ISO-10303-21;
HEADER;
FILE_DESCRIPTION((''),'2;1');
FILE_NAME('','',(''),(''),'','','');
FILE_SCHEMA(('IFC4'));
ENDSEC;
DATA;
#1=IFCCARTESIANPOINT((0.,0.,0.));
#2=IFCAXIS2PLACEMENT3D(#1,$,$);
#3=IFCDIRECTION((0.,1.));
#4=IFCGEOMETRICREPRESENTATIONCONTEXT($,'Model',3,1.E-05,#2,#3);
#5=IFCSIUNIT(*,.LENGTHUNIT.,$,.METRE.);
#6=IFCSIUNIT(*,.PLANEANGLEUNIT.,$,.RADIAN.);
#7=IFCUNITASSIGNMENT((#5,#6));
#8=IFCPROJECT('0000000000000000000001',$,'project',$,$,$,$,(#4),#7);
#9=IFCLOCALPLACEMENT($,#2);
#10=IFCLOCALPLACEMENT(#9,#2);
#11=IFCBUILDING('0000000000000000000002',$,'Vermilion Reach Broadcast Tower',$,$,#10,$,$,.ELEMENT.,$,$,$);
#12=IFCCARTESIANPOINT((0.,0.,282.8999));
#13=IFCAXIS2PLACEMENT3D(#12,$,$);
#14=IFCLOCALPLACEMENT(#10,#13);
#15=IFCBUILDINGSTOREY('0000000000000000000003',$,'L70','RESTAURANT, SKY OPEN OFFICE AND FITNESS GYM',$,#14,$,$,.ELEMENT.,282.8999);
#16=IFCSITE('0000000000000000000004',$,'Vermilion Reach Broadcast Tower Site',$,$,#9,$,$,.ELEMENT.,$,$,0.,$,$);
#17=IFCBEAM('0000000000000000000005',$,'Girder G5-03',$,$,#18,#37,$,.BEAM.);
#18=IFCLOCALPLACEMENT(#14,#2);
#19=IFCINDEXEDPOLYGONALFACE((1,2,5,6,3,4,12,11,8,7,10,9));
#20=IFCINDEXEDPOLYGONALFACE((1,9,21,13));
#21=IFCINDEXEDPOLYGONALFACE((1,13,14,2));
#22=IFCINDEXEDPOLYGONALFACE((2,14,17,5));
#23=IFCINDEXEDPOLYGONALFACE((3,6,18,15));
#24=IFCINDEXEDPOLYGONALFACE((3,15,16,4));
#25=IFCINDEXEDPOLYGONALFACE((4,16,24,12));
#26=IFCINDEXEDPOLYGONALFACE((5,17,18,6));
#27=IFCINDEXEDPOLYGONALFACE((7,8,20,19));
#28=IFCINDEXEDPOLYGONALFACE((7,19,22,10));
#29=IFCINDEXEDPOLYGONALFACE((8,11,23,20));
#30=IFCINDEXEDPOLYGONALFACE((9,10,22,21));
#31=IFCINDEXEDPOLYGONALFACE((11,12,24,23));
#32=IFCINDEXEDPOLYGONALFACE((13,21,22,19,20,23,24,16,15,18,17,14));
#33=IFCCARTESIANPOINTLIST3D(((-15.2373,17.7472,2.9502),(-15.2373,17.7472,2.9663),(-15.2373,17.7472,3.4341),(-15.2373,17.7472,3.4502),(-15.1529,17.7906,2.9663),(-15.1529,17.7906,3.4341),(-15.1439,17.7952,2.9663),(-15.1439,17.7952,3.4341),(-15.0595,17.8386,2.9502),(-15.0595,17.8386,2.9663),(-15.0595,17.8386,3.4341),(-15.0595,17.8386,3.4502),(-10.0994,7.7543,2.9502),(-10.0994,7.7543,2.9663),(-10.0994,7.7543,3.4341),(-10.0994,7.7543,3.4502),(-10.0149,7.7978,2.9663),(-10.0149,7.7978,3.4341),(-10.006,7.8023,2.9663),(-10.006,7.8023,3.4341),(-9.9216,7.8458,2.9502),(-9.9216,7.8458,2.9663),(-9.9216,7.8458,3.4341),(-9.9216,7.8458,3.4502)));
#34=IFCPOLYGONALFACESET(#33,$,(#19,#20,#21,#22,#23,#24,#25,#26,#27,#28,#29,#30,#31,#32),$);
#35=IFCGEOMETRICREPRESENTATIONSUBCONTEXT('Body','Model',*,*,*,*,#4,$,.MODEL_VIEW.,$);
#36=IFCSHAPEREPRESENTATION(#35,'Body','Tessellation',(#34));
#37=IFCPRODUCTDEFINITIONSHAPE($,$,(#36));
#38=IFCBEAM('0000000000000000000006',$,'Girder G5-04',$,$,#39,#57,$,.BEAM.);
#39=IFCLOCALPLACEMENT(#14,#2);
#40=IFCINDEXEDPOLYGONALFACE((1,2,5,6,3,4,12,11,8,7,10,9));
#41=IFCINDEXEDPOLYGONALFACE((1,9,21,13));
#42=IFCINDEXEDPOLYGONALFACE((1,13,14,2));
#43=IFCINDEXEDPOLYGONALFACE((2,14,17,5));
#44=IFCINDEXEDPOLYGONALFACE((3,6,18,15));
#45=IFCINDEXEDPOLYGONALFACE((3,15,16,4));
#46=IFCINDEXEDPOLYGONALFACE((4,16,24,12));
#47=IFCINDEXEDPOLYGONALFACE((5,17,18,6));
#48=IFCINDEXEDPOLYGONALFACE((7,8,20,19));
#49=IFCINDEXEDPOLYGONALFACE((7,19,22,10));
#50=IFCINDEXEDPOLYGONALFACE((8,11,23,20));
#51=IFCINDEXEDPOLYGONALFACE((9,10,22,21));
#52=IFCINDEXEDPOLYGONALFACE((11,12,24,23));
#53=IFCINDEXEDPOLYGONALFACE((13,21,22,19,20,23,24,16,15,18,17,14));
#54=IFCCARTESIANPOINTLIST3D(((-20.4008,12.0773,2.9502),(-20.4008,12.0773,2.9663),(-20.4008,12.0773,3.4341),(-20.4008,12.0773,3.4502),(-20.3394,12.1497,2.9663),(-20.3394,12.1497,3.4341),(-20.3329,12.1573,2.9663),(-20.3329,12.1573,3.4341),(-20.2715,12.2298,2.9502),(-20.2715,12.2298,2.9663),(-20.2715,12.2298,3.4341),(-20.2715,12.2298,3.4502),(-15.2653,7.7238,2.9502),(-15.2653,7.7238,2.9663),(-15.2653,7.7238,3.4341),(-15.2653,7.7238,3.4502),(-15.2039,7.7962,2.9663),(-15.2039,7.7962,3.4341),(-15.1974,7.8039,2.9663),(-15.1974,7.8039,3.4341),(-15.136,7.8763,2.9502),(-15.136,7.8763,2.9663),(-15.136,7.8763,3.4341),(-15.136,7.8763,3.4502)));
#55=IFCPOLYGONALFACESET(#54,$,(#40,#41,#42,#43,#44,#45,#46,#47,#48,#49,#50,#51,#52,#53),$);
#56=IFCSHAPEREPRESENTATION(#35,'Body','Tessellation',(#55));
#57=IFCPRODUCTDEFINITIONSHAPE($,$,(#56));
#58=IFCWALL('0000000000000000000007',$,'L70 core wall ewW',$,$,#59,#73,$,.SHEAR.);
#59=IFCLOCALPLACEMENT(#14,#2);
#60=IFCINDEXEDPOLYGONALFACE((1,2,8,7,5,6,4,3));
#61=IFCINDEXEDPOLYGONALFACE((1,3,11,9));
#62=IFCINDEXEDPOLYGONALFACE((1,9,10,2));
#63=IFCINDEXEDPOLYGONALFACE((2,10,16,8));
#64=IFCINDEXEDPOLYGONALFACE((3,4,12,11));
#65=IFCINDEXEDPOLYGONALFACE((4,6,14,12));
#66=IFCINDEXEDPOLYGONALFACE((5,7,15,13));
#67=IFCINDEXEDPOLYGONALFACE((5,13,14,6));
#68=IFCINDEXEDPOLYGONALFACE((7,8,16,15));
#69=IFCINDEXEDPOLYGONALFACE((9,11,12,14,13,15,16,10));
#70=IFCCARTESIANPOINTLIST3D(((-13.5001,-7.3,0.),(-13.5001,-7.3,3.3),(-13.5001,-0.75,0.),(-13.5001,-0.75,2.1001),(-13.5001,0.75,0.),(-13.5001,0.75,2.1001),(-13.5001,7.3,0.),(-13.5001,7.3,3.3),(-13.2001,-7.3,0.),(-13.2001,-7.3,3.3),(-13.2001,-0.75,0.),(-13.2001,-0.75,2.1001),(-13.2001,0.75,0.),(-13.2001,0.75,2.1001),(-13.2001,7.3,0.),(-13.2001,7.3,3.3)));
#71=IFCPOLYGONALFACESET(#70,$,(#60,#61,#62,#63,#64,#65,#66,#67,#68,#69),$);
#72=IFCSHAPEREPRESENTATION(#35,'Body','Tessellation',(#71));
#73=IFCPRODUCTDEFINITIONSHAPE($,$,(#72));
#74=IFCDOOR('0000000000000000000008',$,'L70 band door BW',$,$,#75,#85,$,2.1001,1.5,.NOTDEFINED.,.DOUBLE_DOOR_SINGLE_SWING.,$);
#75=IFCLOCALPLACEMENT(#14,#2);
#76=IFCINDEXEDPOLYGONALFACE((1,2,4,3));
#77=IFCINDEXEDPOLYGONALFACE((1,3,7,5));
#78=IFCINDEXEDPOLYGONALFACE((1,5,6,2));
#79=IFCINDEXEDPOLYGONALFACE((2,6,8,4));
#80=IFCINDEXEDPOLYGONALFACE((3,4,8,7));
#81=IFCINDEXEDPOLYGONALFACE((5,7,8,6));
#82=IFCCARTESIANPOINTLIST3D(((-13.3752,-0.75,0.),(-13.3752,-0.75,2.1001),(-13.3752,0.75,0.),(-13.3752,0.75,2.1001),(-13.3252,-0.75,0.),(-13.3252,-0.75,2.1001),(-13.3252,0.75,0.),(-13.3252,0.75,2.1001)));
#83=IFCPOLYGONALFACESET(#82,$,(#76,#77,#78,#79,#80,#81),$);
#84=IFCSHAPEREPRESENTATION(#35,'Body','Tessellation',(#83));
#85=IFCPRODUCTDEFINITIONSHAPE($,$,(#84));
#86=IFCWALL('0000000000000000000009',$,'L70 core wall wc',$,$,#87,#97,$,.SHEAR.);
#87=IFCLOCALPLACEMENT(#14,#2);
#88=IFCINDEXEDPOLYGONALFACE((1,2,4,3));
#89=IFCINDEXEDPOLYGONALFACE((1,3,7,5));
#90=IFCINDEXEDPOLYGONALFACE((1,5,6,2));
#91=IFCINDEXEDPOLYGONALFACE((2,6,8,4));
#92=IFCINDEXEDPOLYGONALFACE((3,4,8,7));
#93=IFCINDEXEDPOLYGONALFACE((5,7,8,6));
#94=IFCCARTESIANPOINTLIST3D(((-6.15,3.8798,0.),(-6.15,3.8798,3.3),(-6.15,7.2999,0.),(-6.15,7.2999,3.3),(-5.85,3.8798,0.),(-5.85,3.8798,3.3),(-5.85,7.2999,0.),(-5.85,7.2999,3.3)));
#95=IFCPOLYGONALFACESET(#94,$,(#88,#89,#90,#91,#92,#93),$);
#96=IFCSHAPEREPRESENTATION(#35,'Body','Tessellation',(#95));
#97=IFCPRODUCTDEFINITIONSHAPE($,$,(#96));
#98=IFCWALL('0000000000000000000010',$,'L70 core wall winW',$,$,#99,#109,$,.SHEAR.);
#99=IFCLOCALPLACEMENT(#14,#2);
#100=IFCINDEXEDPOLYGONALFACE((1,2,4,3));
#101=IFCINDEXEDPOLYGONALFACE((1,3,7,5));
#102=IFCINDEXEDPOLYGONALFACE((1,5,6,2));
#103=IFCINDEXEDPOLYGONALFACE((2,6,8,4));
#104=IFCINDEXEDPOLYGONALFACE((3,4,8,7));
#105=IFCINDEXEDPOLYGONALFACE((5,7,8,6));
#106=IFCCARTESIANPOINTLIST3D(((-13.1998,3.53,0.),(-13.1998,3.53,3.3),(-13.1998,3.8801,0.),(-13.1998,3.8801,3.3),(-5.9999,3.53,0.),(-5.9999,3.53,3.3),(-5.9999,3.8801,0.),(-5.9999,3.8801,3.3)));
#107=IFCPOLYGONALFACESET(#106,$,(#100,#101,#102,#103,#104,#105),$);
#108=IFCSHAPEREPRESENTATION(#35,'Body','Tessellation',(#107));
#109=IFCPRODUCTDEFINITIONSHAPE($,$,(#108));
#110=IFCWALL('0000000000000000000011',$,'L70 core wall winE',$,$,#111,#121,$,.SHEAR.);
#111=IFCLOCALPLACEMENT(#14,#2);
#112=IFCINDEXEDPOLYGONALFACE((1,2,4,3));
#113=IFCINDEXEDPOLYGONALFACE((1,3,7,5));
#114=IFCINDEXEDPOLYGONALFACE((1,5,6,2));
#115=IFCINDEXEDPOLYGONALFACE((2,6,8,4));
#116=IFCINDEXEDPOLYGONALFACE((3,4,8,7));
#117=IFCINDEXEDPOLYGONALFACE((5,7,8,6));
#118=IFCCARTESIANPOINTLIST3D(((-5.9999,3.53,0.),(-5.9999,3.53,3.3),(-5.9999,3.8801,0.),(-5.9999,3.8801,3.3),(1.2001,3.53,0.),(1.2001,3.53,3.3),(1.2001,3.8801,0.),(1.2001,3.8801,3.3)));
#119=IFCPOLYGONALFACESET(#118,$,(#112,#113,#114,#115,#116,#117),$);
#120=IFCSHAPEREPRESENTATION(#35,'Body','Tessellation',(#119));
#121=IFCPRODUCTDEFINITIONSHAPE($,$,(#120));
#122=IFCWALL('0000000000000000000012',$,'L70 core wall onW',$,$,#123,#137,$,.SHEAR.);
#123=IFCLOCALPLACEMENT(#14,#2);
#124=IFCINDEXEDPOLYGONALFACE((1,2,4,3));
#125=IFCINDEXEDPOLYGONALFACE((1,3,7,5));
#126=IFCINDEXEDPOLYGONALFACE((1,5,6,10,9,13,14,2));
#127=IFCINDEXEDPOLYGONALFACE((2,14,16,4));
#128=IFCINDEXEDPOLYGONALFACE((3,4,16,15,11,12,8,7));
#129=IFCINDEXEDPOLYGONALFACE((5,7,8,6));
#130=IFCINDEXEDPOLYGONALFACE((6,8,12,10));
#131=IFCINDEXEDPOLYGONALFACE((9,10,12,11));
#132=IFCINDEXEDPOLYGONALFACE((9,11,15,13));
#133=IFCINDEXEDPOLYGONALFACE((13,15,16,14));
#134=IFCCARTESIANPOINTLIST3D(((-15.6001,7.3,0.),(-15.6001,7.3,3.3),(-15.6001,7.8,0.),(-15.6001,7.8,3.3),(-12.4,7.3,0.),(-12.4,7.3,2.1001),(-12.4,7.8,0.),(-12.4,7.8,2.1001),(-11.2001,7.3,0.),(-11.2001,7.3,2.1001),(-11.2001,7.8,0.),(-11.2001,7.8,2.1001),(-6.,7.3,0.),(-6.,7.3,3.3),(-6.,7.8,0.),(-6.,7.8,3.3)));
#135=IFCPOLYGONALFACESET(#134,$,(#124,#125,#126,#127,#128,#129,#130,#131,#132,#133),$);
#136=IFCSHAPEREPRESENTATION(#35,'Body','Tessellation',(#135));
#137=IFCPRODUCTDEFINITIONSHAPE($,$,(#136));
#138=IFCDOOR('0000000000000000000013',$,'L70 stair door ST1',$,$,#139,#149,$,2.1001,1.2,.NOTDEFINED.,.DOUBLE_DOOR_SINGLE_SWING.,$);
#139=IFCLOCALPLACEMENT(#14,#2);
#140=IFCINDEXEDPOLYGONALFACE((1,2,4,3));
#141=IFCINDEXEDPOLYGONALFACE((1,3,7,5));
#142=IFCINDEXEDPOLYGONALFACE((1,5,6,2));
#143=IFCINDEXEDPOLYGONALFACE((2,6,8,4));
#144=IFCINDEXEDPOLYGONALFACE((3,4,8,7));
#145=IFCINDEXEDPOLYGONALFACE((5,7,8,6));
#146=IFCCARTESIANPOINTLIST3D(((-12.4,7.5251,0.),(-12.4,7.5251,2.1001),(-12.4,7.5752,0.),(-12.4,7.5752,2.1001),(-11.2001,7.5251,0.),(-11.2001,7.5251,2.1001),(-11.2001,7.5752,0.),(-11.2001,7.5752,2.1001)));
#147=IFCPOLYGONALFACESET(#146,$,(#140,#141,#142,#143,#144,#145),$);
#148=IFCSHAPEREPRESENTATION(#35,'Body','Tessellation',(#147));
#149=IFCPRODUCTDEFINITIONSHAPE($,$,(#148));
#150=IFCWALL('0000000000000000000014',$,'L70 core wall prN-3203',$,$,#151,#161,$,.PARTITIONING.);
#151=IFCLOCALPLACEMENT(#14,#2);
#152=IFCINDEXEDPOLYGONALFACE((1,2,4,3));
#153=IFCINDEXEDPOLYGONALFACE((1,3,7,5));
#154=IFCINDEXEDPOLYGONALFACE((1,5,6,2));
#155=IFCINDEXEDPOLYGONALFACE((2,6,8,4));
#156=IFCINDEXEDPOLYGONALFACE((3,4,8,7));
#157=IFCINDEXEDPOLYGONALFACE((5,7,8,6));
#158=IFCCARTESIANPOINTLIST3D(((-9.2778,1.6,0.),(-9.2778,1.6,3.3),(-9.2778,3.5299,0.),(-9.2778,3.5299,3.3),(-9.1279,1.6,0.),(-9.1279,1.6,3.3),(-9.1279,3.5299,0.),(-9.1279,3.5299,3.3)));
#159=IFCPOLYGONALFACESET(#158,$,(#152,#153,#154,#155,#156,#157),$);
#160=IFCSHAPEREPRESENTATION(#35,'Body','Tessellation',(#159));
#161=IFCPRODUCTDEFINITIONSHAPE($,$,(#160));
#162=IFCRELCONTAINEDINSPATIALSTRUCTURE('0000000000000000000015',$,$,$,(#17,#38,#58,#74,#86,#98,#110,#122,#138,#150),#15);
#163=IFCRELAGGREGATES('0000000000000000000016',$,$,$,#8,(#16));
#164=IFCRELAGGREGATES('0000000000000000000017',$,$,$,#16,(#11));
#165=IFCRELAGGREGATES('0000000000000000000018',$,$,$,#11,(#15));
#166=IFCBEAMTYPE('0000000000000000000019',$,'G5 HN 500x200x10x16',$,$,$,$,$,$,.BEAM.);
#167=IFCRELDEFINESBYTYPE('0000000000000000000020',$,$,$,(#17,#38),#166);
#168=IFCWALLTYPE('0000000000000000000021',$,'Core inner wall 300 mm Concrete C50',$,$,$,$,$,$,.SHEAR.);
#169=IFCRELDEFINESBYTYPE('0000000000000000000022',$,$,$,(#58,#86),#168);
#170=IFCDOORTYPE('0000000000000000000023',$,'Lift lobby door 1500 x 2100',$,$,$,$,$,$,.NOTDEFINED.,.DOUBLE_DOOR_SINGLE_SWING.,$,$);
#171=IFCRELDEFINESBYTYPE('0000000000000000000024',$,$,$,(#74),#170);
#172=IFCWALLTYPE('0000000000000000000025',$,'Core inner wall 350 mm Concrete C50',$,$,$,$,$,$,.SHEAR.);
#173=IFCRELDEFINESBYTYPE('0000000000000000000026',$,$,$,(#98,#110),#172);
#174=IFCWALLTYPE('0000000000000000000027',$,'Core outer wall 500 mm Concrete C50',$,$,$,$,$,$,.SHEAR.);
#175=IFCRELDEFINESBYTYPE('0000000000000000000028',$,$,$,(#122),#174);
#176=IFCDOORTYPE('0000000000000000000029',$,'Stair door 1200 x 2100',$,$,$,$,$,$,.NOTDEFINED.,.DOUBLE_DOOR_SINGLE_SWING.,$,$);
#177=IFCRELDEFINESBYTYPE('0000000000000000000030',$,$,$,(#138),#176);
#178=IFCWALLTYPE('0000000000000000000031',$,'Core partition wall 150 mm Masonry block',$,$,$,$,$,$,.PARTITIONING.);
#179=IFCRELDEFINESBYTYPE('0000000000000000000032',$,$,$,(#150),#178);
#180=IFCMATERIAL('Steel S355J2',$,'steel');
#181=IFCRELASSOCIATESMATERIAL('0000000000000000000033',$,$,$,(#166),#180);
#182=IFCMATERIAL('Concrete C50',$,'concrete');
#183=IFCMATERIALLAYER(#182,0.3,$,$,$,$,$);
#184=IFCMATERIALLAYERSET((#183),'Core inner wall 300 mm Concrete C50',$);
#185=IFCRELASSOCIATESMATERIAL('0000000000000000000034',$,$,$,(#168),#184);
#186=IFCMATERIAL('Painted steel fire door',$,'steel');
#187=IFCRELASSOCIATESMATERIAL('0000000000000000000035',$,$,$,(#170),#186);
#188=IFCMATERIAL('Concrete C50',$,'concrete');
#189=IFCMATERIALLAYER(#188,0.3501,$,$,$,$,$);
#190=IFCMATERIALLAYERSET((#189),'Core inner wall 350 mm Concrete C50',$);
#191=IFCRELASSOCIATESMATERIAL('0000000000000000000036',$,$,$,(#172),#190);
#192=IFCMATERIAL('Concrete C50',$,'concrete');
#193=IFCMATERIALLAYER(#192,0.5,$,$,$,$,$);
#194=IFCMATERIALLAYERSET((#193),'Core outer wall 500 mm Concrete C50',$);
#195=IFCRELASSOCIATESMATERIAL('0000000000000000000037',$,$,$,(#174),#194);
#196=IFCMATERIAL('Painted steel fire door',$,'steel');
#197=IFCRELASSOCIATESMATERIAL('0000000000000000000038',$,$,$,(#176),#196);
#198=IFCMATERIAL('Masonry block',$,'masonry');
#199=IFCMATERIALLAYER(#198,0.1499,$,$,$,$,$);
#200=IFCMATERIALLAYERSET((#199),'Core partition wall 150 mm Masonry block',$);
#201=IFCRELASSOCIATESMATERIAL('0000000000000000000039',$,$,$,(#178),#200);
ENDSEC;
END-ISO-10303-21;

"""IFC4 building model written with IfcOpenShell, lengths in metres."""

from ifc_helpers import new_model, si_unit, direction, frame, frame_2d, origin, origin_2d, place, context, subcontext, project, spatial, rectangle, i_section, extrude, material, layer, layer_set, material_profile, profile_set, type_object, element, fill, save


model = new_model("IFC4")

# Units and contexts
model_context = context("Model", 3, precision=1e-05, world=origin(), true_north=direction((0.0, 1.0)))
body_context = subcontext(model_context, "Body", "Model", "MODEL_VIEW")
ifc_project = project(units=[si_unit("LENGTHUNIT", "METRE"), si_unit("PLANEANGLEUNIT", "RADIAN")], contexts=[model_context])

# Site, building, storey
site_placement = place(None, origin())
site = spatial("IfcSite", under=ifc_project, at=site_placement, Name="Vermilion Reach Broadcast Tower Site", CompositionType="ELEMENT", RefElevation=0.0)
building_placement = place(site_placement, origin())
building = spatial("IfcBuilding", under=site, at=building_placement, Name="Vermilion Reach Broadcast Tower", CompositionType="ELEMENT")
storey_placement = place(building_placement, frame((0.0, 0.0, 282.8999)))
storey = spatial("IfcBuildingStorey", under=building, at=storey_placement, Name="L70", Description="RESTAURANT, SKY OPEN OFFICE AND FITNESS GYM", CompositionType="ELEMENT", Elevation=282.8999)

# Beams
ifc_material_1 = material(Name="Steel S355J2", Category="steel")
ifc_material_profile = material_profile(ifc_material_1, i_section(OverallWidth=0.2, OverallDepth=0.5, WebThickness=0.01, FlangeThickness=0.0161, at=origin_2d()), Name="S355J2 HN 500x200x10x16")
ifc_profile_set = profile_set([ifc_material_profile], Name="Steel S355J2")
beam_type = type_object("IfcBeamType", Name="G5 HN 500x200x10x16", PredefinedType="BEAM", material=ifc_profile_set)
beam_1_placement = place(storey_placement, frame((-10.0105, 7.8, 3.2002), z_axis=(-0.457258, 0.889334, 0.0), x_axis=(-0.889334, -0.457258, 0.0)))
element("IfcBeam", 1, at=beam_1_placement, inside=storey, type_object=beam_type, Name="Girder G5-03", PredefinedType="BEAM", context=body_context, shape_type="SweptSolid", body=[
    extrude(i_section(OverallWidth=0.2, OverallDepth=0.5, WebThickness=0.01, FlangeThickness=0.0161, at=origin_2d()), origin(), (0.0, 0.0, 1.0), 11.2363),
])
beam_2_placement = place(storey_placement, frame((-15.2007, 7.8, 3.2002), z_axis=(-0.762793, 0.646643, 0.0), x_axis=(-0.646643, -0.762793, 0.0)))
element("IfcBeam", 2, at=beam_2_placement, inside=storey, type_object=beam_type, Name="Girder G5-04", PredefinedType="BEAM", context=body_context, shape_type="SweptSolid", body=[
    extrude(i_section(OverallWidth=0.2, OverallDepth=0.5, WebThickness=0.01, FlangeThickness=0.0161, at=origin_2d()), origin(), (0.0, 0.0, 1.0), 6.7324),
])

# Wall, opening, door
ifc_material_2 = material(Name="Concrete C50", Category="concrete")
ifc_layer_1 = layer(ifc_material_2, 0.3)
ifc_layer_set_1 = layer_set([ifc_layer_1], Name="Core inner wall 300 mm Concrete C50")
wall_type_1 = type_object("IfcWallType", Name="Core inner wall 300 mm Concrete C50", PredefinedType="SHEAR", material=ifc_layer_set_1)
wall_1_placement = place(storey_placement, frame((-13.3501, 7.3, 0.0), z_axis=(0.0, 0.0, 1.0), x_axis=(0.0, -1.0, 0.0)))
wall_1 = element("IfcWall", 3, at=wall_1_placement, inside=storey, type_object=wall_type_1, Name="L70 core wall ewW", PredefinedType="SHEAR", context=body_context, shape_type="SweptSolid", body=[
    extrude(rectangle(XDim=14.6001, YDim=0.3, at=frame_2d((7.3, 0.0))), origin(), (0.0, 0.0, 1.0), 3.3),
])
opening_1_placement = place(wall_1_placement, frame((6.55, 0.0, 0.0)))
opening_1 = element("IfcOpeningElement", 4, at=opening_1_placement, cuts=wall_1, PredefinedType="OPENING", context=body_context, shape_type="SweptSolid", body=[
    extrude(rectangle(XDim=1.5, YDim=2.1001, at=frame_2d((0.75, 1.05))), frame((0.0, 0.1599, 0.0), z_axis=(0.0, -1.0, 0.0), x_axis=(1.0, 0.0, 0.0)), (0.0, 0.0, 1.0), 0.3201),
])
ifc_material_3 = material(Name="Painted steel fire door", Category="steel")
door_type_1 = type_object("IfcDoorType", Name="Lift lobby door 1500 x 2100", OperationType="DOUBLE_DOOR_SINGLE_SWING", PredefinedType="NOTDEFINED", material=ifc_material_3)
door_1_placement = place(opening_1_placement, origin())
door_1 = element("IfcDoor", 5, at=door_1_placement, inside=storey, type_object=door_type_1, Name="L70 band door BW", OperationType="DOUBLE_DOOR_SINGLE_SWING", OverallHeight=2.1001, OverallWidth=1.5, PredefinedType="NOTDEFINED", context=body_context, shape_type="SweptSolid", body=[
    extrude(rectangle(XDim=1.5, YDim=2.1001, at=frame_2d((0.75, 1.05))), frame((0.0, 0.0249, 0.0), z_axis=(0.0, -1.0, 0.0), x_axis=(1.0, 0.0, 0.0)), (0.0, 0.0, 1.0), 0.05),
])
fill(opening_1, door_1)

# Walls
wall_2_placement = place(storey_placement, frame((-6.0, 3.8799, 0.0), z_axis=(0.0, 0.0, 1.0), x_axis=(0.0, 1.0, 0.0)))
element("IfcWall", 6, at=wall_2_placement, inside=storey, type_object=wall_type_1, Name="L70 core wall wc", PredefinedType="SHEAR", context=body_context, shape_type="SweptSolid", body=[
    extrude(rectangle(XDim=3.4202, YDim=0.3, at=frame_2d((1.71, 0.0))), origin(), (0.0, 0.0, 1.0), 3.3),
])
ifc_material_4 = material(Name="Concrete C50", Category="concrete")
ifc_layer_2 = layer(ifc_material_4, 0.3501)
ifc_layer_set_2 = layer_set([ifc_layer_2], Name="Core inner wall 350 mm Concrete C50")
wall_type_2 = type_object("IfcWallType", Name="Core inner wall 350 mm Concrete C50", PredefinedType="SHEAR", material=ifc_layer_set_2)
for number, where, z_axis, x_axis, name in (
    (7, (-13.2, 3.7051, 0.0), (0.0, 0.0, 1.0), (1.0, 0.0, 0.0), "L70 core wall winW"),
    (8, (-6.0, 3.7051, 0.0), (0.0, 0.0, 1.0), (1.0, 0.0, 0.0), "L70 core wall winE"),
):
    element("IfcWall", number, at=place(storey_placement, frame(where, z_axis=z_axis, x_axis=x_axis)), inside=storey, type_object=wall_type_2, Name=name, PredefinedType="SHEAR", context=body_context, shape_type="SweptSolid", body=[
        extrude(rectangle(XDim=7.2, YDim=0.3501, at=frame_2d((3.6001, 0.0))), origin(), (0.0, 0.0, 1.0), 3.3),
    ])

# Wall, opening, door
ifc_material_5 = material(Name="Concrete C50", Category="concrete")
ifc_layer_3 = layer(ifc_material_5, 0.5)
ifc_layer_set_3 = layer_set([ifc_layer_3], Name="Core outer wall 500 mm Concrete C50")
wall_type_3 = type_object("IfcWallType", Name="Core outer wall 500 mm Concrete C50", PredefinedType="SHEAR", material=ifc_layer_set_3)
wall_3_placement = place(storey_placement, frame((-6.0, 7.55, 0.0), z_axis=(0.0, 0.0, 1.0), x_axis=(-1.0, 0.0, 0.0)))
wall_3 = element("IfcWall", 9, at=wall_3_placement, inside=storey, type_object=wall_type_3, Name="L70 core wall onW", PredefinedType="SHEAR", context=body_context, shape_type="SweptSolid", body=[
    extrude(rectangle(XDim=9.6001, YDim=0.5, at=frame_2d((4.8, 0.0))), origin(), (0.0, 0.0, 1.0), 3.3),
])
opening_2_placement = place(wall_3_placement, frame((5.2, 0.0, 0.0)))
opening_2 = element("IfcOpeningElement", 10, at=opening_2_placement, cuts=wall_3, PredefinedType="OPENING", context=body_context, shape_type="SweptSolid", body=[
    extrude(rectangle(XDim=1.2, YDim=2.1001, at=frame_2d((0.6001, 1.05))), frame((0.0, 0.26, 0.0), z_axis=(0.0, -1.0, 0.0), x_axis=(1.0, 0.0, 0.0)), (0.0, 0.0, 1.0), 0.52),
])
ifc_material_6 = material(Name="Painted steel fire door", Category="steel")
door_type_2 = type_object("IfcDoorType", Name="Stair door 1200 x 2100", OperationType="DOUBLE_DOOR_SINGLE_SWING", PredefinedType="NOTDEFINED", material=ifc_material_6)
door_2_placement = place(opening_2_placement, origin())
door_2 = element("IfcDoor", 11, at=door_2_placement, inside=storey, type_object=door_type_2, Name="L70 stair door ST1", OperationType="DOUBLE_DOOR_SINGLE_SWING", OverallHeight=2.1001, OverallWidth=1.2, PredefinedType="NOTDEFINED", context=body_context, shape_type="SweptSolid", body=[
    extrude(rectangle(XDim=1.2, YDim=2.1001, at=frame_2d((0.6001, 1.05))), frame((0.0, 0.0249, 0.0), z_axis=(0.0, -1.0, 0.0), x_axis=(1.0, 0.0, 0.0)), (0.0, 0.0, 1.0), 0.05),
])
fill(opening_2, door_2)

# Wall
ifc_material_7 = material(Name="Masonry block", Category="masonry")
ifc_layer_4 = layer(ifc_material_7, 0.1499)
ifc_layer_set_4 = layer_set([ifc_layer_4], Name="Core partition wall 150 mm Masonry block")
wall_type_4 = type_object("IfcWallType", Name="Core partition wall 150 mm Masonry block", PredefinedType="PARTITIONING", material=ifc_layer_set_4)
wall_4_placement = place(storey_placement, frame((-9.2029, 1.6001, 0.0), z_axis=(0.0, 0.0, 1.0), x_axis=(0.0, 1.0, 0.0)))
element("IfcWall", 12, at=wall_4_placement, inside=storey, type_object=wall_type_4, Name="L70 core wall prN-3203", PredefinedType="PARTITIONING", context=body_context, shape_type="SweptSolid", body=[
    extrude(rectangle(XDim=1.9299, YDim=0.1499, at=frame_2d((0.9648, 0.0))), origin(), (0.0, 0.0, 1.0), 3.3),
])

save(model, "model.ifc")
